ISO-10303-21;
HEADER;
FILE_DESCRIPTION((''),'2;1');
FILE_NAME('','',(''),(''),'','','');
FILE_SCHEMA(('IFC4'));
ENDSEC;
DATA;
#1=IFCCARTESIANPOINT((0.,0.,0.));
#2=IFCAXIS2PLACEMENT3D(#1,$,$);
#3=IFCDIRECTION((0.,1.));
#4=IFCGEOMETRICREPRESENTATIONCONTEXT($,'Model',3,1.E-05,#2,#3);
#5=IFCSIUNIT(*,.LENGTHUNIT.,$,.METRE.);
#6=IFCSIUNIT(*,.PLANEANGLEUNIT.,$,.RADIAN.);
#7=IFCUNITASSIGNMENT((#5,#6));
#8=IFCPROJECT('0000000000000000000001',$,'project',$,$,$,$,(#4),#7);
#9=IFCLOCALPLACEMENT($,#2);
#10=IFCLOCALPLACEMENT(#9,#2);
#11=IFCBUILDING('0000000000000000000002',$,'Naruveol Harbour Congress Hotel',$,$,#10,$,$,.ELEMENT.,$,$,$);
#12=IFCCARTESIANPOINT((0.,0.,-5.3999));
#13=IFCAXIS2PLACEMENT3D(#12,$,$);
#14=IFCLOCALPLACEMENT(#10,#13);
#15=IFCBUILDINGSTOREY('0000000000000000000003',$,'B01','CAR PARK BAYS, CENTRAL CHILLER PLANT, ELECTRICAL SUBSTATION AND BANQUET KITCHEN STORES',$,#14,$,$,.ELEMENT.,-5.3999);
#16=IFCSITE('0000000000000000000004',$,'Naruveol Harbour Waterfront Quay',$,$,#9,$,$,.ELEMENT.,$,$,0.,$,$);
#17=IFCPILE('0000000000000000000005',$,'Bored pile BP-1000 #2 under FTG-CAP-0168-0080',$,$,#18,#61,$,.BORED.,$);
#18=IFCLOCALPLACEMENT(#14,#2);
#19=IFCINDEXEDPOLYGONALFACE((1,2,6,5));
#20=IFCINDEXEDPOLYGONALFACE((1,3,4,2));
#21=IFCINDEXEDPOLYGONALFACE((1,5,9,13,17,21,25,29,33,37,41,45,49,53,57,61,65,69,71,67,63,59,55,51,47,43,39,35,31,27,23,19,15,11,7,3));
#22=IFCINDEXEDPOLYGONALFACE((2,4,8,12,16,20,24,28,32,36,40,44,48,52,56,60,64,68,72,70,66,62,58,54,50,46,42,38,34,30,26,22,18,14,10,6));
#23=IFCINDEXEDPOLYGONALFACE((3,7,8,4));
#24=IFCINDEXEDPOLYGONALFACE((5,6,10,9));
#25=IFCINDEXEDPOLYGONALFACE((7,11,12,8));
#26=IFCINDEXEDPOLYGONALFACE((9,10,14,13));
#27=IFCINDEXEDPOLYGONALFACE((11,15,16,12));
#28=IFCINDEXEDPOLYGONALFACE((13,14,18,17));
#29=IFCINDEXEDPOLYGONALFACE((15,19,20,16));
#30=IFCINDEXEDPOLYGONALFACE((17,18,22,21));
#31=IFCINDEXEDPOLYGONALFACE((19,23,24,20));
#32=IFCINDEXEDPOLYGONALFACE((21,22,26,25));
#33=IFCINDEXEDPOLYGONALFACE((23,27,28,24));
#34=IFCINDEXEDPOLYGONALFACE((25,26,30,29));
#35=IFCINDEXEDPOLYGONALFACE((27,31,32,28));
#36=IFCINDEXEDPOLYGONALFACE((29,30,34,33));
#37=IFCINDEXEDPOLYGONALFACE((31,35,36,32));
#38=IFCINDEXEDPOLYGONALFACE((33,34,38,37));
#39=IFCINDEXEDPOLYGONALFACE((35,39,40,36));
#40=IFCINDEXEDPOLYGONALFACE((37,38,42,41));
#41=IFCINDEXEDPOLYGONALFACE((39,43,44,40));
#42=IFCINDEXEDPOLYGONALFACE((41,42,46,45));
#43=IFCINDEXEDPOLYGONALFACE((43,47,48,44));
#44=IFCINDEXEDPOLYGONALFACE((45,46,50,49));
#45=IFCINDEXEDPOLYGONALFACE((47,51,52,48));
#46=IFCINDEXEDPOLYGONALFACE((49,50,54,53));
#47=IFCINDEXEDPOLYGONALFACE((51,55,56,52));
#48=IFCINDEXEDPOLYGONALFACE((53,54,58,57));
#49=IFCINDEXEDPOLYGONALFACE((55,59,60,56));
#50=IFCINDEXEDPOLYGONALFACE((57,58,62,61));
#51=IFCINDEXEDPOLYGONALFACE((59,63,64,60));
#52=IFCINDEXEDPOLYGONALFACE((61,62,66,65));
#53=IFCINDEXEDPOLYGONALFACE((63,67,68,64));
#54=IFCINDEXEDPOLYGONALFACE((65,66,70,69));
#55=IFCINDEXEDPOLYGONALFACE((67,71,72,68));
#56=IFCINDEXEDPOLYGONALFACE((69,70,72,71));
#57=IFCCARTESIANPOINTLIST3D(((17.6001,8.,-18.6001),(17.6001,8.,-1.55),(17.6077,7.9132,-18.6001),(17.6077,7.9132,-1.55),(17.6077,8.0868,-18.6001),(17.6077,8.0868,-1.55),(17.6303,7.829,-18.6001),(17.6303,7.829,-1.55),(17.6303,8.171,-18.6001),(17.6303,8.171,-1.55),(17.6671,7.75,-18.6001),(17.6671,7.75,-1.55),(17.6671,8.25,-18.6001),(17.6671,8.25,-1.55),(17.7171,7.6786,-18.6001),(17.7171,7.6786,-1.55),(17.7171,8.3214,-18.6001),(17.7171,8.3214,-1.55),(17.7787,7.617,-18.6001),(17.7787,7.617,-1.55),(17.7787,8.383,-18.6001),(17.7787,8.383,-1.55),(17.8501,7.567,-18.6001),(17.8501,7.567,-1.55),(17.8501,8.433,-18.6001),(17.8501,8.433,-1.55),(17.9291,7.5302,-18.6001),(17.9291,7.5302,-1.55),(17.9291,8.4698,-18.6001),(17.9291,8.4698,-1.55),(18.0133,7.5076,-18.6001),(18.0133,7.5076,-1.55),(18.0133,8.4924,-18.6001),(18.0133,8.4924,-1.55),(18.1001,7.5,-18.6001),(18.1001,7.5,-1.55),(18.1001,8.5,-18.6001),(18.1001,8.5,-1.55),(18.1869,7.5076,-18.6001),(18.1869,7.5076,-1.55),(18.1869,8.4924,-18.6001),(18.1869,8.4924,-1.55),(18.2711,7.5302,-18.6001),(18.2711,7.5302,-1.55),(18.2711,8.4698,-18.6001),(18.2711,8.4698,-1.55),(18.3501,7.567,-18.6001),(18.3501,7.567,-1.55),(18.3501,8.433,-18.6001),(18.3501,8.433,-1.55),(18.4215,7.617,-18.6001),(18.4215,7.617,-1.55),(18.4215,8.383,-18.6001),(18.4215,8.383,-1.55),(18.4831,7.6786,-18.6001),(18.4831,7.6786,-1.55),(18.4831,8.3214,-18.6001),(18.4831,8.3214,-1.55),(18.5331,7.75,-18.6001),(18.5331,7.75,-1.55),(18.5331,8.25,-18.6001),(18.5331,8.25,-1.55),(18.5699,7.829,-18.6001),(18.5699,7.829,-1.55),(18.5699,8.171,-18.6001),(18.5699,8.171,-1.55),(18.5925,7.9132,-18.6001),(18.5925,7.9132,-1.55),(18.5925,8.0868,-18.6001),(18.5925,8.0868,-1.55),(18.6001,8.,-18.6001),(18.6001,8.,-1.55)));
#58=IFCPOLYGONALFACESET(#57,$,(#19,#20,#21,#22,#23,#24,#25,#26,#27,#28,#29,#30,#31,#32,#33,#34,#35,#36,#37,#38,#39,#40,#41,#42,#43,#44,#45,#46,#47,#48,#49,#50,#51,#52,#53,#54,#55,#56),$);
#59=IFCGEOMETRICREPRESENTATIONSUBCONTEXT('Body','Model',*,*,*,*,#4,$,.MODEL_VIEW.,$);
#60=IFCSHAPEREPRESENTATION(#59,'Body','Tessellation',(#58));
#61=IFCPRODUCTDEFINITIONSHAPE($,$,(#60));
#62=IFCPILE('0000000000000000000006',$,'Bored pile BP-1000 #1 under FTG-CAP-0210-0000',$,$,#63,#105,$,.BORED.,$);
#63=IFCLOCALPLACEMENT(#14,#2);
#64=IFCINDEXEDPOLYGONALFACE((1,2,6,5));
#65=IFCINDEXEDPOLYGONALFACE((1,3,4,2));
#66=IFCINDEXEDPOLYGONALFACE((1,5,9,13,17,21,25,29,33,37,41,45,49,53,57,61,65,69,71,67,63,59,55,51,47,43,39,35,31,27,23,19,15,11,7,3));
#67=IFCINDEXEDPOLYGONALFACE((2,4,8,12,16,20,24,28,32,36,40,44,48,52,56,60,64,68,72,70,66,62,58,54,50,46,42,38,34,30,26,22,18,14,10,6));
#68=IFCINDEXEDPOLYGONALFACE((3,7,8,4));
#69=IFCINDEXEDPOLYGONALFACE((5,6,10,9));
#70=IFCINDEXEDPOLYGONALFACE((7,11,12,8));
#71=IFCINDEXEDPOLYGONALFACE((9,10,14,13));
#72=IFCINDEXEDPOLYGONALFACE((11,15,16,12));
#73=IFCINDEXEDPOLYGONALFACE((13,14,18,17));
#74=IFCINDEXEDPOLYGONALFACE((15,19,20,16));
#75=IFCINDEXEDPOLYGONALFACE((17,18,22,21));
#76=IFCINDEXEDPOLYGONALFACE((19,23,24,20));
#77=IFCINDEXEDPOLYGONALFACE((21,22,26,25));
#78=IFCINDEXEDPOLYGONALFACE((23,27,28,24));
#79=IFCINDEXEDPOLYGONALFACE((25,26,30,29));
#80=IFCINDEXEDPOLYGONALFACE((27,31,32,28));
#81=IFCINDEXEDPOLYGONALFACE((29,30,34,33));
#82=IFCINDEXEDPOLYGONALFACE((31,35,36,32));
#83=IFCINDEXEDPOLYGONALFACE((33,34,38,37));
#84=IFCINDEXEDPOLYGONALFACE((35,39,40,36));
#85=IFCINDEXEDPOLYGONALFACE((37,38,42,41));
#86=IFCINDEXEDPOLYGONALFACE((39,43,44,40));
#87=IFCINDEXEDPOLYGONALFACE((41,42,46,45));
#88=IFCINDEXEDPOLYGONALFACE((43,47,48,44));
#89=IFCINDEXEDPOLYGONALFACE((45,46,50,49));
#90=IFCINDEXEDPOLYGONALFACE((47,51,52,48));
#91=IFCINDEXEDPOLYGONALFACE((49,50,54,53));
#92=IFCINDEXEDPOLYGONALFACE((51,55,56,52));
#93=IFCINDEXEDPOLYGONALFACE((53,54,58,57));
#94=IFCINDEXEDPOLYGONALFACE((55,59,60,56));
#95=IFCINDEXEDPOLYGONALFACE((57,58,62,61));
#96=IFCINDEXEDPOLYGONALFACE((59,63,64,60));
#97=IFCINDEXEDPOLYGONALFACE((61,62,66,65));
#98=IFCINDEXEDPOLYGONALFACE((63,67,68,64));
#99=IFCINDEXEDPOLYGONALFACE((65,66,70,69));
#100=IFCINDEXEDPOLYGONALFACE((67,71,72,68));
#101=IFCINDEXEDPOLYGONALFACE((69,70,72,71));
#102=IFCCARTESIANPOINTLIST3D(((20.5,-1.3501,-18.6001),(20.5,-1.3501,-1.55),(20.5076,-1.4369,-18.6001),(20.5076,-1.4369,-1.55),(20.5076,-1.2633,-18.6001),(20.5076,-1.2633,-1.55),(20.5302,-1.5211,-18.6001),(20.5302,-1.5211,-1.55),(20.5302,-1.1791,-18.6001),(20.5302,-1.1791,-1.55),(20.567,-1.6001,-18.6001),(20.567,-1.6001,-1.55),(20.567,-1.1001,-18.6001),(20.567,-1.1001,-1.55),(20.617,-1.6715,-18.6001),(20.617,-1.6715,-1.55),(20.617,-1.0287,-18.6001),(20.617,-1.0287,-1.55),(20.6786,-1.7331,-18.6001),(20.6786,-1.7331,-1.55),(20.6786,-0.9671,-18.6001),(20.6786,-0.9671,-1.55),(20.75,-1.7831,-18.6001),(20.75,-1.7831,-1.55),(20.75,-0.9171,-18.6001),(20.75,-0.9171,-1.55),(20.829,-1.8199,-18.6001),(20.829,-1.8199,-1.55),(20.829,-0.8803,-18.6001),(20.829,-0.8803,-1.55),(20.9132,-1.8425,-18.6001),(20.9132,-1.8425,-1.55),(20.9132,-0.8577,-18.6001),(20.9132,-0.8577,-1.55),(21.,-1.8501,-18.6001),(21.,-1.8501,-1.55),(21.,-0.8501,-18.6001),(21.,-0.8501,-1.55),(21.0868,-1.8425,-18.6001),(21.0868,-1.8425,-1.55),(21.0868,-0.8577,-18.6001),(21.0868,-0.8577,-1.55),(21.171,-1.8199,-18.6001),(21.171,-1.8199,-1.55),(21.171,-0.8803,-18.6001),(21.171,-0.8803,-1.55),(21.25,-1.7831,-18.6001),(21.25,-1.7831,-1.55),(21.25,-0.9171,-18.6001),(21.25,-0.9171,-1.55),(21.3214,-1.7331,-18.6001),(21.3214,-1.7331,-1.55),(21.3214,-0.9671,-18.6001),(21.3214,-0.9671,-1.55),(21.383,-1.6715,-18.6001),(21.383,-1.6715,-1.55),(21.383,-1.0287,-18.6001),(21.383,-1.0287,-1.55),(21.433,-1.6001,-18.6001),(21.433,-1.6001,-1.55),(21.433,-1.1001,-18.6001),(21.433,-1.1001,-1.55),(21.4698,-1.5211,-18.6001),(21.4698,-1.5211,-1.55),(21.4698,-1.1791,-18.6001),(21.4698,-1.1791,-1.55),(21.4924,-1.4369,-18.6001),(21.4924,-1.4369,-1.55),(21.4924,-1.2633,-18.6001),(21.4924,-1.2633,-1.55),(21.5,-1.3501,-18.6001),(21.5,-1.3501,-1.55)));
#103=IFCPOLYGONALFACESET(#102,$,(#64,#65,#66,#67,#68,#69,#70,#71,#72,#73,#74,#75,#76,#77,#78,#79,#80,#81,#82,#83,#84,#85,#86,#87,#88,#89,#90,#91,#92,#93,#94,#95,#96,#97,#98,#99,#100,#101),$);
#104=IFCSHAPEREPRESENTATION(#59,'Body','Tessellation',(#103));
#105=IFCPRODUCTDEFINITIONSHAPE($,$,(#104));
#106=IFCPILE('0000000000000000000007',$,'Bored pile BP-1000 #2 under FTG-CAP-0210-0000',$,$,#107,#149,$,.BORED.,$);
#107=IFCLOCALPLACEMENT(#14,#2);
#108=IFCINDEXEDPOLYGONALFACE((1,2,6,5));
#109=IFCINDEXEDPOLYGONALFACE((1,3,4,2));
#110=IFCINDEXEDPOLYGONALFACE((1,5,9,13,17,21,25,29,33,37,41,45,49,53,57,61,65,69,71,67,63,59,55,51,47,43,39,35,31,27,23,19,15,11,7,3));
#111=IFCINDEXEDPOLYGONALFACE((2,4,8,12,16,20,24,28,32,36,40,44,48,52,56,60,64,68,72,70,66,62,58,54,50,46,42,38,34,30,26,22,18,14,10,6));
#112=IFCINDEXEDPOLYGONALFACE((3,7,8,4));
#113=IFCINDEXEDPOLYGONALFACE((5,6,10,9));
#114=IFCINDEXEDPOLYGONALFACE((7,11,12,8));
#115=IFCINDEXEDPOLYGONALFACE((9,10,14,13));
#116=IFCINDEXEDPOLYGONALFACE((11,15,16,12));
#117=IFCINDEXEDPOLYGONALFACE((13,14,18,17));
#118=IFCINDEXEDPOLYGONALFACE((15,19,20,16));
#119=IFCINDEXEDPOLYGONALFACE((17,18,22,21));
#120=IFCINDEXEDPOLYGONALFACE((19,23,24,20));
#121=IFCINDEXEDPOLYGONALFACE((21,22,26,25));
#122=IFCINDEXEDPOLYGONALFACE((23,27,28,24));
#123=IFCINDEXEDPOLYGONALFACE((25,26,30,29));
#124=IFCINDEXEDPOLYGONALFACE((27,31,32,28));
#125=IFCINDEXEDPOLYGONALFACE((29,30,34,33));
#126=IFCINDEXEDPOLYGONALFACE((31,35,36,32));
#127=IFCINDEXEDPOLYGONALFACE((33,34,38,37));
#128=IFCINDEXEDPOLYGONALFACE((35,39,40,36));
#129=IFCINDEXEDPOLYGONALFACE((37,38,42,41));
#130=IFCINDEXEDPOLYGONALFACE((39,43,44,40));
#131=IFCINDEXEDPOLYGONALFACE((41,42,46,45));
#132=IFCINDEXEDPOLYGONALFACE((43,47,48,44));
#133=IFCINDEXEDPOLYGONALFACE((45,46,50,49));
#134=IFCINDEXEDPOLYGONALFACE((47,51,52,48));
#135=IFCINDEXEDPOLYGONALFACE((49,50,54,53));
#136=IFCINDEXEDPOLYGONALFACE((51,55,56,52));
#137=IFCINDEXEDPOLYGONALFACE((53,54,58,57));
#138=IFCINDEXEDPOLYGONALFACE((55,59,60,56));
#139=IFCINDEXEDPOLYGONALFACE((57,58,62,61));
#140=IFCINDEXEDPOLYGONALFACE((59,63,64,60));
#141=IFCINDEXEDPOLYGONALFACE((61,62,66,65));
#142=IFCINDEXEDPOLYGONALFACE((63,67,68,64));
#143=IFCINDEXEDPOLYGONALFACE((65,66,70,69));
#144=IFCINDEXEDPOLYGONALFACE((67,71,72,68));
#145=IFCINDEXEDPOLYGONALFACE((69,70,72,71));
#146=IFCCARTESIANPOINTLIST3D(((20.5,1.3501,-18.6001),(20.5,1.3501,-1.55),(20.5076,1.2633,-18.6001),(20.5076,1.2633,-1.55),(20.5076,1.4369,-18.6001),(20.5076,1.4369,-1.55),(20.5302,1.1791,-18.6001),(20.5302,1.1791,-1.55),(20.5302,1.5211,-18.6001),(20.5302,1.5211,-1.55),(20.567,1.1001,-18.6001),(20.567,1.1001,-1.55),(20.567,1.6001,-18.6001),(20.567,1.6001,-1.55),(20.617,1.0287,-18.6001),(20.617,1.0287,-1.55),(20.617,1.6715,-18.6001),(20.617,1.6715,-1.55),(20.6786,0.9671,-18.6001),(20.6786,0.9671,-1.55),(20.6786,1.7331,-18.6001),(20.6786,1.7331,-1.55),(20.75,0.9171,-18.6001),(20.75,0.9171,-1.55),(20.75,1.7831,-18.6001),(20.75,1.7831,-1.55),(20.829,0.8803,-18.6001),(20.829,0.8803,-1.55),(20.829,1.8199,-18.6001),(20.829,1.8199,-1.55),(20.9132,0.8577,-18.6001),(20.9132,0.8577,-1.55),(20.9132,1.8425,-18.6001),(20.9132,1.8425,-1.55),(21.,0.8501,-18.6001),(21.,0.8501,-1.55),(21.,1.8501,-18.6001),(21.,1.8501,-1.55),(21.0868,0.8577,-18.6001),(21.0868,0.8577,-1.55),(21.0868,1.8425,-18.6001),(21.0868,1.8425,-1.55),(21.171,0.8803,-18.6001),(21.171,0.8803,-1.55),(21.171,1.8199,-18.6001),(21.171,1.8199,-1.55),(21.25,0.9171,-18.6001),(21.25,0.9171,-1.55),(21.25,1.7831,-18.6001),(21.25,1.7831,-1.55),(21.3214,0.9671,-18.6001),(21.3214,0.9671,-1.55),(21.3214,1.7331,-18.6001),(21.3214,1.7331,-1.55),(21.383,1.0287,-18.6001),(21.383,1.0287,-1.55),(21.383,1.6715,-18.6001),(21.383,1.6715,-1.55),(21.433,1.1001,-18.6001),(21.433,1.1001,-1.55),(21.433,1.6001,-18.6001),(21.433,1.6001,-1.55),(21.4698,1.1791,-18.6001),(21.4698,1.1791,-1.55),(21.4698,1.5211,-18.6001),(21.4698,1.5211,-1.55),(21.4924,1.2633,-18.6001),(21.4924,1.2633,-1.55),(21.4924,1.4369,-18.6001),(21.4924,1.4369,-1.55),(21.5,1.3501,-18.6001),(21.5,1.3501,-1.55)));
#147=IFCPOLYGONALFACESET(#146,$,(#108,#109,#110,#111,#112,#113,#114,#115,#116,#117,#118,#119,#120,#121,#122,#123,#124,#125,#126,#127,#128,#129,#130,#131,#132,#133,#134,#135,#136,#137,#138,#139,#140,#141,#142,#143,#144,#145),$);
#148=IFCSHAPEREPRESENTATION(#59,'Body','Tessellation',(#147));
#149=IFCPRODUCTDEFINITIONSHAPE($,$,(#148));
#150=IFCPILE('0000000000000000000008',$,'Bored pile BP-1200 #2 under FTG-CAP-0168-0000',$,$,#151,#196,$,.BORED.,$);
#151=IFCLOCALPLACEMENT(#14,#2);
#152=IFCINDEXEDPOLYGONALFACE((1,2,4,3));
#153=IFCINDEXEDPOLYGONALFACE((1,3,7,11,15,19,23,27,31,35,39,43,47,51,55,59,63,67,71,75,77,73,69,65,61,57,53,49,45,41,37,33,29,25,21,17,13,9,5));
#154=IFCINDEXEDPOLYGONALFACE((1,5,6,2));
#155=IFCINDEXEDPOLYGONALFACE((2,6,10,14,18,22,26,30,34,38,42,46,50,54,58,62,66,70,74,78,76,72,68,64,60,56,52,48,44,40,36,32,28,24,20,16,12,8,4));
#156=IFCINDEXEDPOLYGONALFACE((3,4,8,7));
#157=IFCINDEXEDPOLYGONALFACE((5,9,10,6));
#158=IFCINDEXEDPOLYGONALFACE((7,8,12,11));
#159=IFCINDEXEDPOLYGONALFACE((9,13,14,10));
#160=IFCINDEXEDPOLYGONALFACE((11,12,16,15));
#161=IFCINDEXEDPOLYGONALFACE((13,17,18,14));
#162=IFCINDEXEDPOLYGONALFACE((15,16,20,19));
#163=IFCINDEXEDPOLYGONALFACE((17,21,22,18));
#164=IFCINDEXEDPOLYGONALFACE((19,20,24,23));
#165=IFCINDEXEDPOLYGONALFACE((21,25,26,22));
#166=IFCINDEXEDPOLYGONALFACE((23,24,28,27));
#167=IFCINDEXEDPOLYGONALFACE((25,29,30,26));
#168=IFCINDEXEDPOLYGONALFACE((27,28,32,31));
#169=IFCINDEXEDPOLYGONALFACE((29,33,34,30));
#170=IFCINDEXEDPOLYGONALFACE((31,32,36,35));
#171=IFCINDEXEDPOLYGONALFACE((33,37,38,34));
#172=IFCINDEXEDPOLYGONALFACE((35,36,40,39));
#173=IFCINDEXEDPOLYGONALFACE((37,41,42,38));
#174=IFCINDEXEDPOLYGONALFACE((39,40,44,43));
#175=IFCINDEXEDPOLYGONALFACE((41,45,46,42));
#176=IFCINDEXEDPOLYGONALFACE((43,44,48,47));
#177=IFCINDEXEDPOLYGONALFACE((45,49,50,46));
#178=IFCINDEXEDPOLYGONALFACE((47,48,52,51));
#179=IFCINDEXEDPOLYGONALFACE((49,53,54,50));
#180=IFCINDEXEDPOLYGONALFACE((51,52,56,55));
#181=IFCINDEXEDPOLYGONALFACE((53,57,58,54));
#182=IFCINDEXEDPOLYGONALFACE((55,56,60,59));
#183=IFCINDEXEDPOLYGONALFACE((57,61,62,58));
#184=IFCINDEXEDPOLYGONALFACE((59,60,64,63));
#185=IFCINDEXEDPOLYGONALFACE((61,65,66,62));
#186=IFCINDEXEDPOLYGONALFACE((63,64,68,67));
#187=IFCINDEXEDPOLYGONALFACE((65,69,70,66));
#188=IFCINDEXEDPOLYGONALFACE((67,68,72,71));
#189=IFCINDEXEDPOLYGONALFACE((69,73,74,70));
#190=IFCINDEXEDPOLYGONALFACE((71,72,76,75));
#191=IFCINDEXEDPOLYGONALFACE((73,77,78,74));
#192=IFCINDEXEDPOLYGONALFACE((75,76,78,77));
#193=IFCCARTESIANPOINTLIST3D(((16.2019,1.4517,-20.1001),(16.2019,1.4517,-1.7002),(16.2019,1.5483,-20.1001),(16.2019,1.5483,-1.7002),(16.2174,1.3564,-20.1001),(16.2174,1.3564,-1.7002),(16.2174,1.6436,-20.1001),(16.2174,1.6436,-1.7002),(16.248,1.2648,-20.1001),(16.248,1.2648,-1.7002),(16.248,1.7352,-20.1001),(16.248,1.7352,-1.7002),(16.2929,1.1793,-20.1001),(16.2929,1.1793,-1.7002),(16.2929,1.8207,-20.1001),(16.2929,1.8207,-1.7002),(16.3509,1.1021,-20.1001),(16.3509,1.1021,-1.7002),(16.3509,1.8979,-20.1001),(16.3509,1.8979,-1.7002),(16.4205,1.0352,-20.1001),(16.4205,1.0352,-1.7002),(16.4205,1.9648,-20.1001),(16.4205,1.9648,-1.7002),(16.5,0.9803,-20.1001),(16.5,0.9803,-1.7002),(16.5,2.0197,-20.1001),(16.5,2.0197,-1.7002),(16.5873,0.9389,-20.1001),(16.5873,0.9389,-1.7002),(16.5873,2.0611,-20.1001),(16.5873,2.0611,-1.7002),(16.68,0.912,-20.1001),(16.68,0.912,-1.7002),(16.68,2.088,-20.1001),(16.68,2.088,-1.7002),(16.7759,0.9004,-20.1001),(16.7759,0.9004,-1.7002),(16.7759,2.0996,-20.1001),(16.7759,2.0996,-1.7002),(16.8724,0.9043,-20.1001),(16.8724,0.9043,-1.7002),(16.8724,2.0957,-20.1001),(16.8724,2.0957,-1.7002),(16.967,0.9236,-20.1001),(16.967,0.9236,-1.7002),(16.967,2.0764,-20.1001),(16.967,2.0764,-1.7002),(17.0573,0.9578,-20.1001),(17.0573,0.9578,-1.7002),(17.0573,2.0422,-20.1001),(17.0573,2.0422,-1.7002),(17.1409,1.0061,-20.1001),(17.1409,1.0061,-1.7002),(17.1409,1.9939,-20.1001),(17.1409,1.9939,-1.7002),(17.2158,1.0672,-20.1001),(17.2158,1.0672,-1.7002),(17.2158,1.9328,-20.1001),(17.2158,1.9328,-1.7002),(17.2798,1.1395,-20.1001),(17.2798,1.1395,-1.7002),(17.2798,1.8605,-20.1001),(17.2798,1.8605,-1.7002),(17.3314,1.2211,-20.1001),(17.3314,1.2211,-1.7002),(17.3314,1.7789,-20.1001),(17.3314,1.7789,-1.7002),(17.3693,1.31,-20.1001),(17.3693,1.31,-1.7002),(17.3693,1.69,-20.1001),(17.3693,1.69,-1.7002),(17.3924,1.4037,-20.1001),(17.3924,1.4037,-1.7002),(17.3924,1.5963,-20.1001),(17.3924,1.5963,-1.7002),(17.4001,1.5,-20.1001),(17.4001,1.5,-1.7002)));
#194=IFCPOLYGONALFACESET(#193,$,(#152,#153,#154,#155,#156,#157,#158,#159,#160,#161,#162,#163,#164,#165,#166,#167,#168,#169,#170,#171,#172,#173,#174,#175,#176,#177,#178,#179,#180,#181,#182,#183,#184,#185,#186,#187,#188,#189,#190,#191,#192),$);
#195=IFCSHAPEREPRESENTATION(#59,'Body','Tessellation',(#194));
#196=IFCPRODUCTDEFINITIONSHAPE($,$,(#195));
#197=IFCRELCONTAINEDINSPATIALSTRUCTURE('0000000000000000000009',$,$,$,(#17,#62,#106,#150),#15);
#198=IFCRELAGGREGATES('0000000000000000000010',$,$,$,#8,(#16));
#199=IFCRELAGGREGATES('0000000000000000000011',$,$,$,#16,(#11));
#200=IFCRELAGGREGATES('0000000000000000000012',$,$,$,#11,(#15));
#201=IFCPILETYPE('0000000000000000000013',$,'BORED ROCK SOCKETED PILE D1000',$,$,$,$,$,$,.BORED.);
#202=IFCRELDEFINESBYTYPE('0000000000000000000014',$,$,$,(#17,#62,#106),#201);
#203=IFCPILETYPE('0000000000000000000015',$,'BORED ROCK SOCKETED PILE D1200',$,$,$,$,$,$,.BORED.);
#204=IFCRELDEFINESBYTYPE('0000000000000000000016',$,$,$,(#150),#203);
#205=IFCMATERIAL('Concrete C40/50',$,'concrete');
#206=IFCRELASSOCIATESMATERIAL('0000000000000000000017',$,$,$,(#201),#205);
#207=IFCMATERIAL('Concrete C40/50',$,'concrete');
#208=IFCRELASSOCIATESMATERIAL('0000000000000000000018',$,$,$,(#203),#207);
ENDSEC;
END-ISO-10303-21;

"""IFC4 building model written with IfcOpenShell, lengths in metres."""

from ifc_helpers import new_model, si_unit, direction, frame, origin, origin_2d, place, context, subcontext, project, spatial, circle, extrude, material, material_profile, profile_set, type_object, element, save


model = new_model("IFC4")

# Units and contexts
model_context = context("Model", 3, precision=1e-05, world=origin(), true_north=direction((0.0, 1.0)))
body_context = subcontext(model_context, "Body", "Model", "MODEL_VIEW")
ifc_project = project(units=[si_unit("LENGTHUNIT", "METRE"), si_unit("PLANEANGLEUNIT", "RADIAN")], contexts=[model_context])

# Site, building, storey
site_placement = place(None, origin())
site = spatial("IfcSite", under=ifc_project, at=site_placement, Name="Naruveol Harbour Waterfront Quay", CompositionType="ELEMENT", RefElevation=0.0)
building_placement = place(site_placement, origin())
building = spatial("IfcBuilding", under=site, at=building_placement, Name="Naruveol Harbour Congress Hotel", CompositionType="ELEMENT")
storey_placement = place(building_placement, frame((0.0, 0.0, -5.3999)))
storey = spatial("IfcBuildingStorey", under=building, at=storey_placement, Name="B01", Description="CAR PARK BAYS, CENTRAL CHILLER PLANT, ELECTRICAL SUBSTATION AND BANQUET KITCHEN STORES", CompositionType="ELEMENT", Elevation=-5.3999)

# Piles
ifc_material_1 = material(Name="Concrete C40/50", Category="concrete")
ifc_material_profile_1 = material_profile(ifc_material_1, circle(Radius=0.5, at=origin_2d()), Name="BP-1000")
ifc_profile_set_1 = profile_set([ifc_material_profile_1], Name="Concrete C40/50")
pile_type_1 = type_object("IfcPileType", Name="BORED ROCK SOCKETED PILE D1000", PredefinedType="BORED", material=ifc_profile_set_1)
for number, where, z_axis, x_axis, name in (
    (1, (18.1001, 8.0, -1.55), (0.0, 0.0, -1.0), (1.0, 0.0, 0.0), "Bored pile BP-1000 #2 under FTG-CAP-0168-0080"),
    (2, (21.0, -1.3501, -1.55), (0.0, 0.0, -1.0), (1.0, 0.0, 0.0), "Bored pile BP-1000 #1 under FTG-CAP-0210-0000"),
    (3, (21.0, 1.3501, -1.55), (0.0, 0.0, -1.0), (1.0, 0.0, 0.0), "Bored pile BP-1000 #2 under FTG-CAP-0210-0000"),
):
    element("IfcPile", number, at=place(storey_placement, frame(where, z_axis=z_axis, x_axis=x_axis)), inside=storey, type_object=pile_type_1, Name=name, PredefinedType="BORED", context=body_context, shape_type="SweptSolid", body=[
        extrude(circle(Radius=0.5, at=origin_2d()), origin(), (0.0, 0.0, 1.0), 17.05),
    ])
ifc_material_2 = material(Name="Concrete C40/50", Category="concrete")
ifc_material_profile_2 = material_profile(ifc_material_2, circle(Radius=0.6001, at=origin_2d()), Name="BP-1200")
ifc_profile_set_2 = profile_set([ifc_material_profile_2], Name="Concrete C40/50")
pile_type_2 = type_object("IfcPileType", Name="BORED ROCK SOCKETED PILE D1200", PredefinedType="BORED", material=ifc_profile_set_2)
pile_placement = place(storey_placement, frame((16.8, 1.5, -1.7002), z_axis=(0.0, 0.0, -1.0), x_axis=(1.0, 0.0, 0.0)))
element("IfcPile", 4, at=pile_placement, inside=storey, type_object=pile_type_2, Name="Bored pile BP-1200 #2 under FTG-CAP-0168-0000", PredefinedType="BORED", context=body_context, shape_type="SweptSolid", body=[
    extrude(circle(Radius=0.6001, at=origin_2d()), origin(), (0.0, 0.0, 1.0), 18.3999),
])

save(model, "model.ifc")
